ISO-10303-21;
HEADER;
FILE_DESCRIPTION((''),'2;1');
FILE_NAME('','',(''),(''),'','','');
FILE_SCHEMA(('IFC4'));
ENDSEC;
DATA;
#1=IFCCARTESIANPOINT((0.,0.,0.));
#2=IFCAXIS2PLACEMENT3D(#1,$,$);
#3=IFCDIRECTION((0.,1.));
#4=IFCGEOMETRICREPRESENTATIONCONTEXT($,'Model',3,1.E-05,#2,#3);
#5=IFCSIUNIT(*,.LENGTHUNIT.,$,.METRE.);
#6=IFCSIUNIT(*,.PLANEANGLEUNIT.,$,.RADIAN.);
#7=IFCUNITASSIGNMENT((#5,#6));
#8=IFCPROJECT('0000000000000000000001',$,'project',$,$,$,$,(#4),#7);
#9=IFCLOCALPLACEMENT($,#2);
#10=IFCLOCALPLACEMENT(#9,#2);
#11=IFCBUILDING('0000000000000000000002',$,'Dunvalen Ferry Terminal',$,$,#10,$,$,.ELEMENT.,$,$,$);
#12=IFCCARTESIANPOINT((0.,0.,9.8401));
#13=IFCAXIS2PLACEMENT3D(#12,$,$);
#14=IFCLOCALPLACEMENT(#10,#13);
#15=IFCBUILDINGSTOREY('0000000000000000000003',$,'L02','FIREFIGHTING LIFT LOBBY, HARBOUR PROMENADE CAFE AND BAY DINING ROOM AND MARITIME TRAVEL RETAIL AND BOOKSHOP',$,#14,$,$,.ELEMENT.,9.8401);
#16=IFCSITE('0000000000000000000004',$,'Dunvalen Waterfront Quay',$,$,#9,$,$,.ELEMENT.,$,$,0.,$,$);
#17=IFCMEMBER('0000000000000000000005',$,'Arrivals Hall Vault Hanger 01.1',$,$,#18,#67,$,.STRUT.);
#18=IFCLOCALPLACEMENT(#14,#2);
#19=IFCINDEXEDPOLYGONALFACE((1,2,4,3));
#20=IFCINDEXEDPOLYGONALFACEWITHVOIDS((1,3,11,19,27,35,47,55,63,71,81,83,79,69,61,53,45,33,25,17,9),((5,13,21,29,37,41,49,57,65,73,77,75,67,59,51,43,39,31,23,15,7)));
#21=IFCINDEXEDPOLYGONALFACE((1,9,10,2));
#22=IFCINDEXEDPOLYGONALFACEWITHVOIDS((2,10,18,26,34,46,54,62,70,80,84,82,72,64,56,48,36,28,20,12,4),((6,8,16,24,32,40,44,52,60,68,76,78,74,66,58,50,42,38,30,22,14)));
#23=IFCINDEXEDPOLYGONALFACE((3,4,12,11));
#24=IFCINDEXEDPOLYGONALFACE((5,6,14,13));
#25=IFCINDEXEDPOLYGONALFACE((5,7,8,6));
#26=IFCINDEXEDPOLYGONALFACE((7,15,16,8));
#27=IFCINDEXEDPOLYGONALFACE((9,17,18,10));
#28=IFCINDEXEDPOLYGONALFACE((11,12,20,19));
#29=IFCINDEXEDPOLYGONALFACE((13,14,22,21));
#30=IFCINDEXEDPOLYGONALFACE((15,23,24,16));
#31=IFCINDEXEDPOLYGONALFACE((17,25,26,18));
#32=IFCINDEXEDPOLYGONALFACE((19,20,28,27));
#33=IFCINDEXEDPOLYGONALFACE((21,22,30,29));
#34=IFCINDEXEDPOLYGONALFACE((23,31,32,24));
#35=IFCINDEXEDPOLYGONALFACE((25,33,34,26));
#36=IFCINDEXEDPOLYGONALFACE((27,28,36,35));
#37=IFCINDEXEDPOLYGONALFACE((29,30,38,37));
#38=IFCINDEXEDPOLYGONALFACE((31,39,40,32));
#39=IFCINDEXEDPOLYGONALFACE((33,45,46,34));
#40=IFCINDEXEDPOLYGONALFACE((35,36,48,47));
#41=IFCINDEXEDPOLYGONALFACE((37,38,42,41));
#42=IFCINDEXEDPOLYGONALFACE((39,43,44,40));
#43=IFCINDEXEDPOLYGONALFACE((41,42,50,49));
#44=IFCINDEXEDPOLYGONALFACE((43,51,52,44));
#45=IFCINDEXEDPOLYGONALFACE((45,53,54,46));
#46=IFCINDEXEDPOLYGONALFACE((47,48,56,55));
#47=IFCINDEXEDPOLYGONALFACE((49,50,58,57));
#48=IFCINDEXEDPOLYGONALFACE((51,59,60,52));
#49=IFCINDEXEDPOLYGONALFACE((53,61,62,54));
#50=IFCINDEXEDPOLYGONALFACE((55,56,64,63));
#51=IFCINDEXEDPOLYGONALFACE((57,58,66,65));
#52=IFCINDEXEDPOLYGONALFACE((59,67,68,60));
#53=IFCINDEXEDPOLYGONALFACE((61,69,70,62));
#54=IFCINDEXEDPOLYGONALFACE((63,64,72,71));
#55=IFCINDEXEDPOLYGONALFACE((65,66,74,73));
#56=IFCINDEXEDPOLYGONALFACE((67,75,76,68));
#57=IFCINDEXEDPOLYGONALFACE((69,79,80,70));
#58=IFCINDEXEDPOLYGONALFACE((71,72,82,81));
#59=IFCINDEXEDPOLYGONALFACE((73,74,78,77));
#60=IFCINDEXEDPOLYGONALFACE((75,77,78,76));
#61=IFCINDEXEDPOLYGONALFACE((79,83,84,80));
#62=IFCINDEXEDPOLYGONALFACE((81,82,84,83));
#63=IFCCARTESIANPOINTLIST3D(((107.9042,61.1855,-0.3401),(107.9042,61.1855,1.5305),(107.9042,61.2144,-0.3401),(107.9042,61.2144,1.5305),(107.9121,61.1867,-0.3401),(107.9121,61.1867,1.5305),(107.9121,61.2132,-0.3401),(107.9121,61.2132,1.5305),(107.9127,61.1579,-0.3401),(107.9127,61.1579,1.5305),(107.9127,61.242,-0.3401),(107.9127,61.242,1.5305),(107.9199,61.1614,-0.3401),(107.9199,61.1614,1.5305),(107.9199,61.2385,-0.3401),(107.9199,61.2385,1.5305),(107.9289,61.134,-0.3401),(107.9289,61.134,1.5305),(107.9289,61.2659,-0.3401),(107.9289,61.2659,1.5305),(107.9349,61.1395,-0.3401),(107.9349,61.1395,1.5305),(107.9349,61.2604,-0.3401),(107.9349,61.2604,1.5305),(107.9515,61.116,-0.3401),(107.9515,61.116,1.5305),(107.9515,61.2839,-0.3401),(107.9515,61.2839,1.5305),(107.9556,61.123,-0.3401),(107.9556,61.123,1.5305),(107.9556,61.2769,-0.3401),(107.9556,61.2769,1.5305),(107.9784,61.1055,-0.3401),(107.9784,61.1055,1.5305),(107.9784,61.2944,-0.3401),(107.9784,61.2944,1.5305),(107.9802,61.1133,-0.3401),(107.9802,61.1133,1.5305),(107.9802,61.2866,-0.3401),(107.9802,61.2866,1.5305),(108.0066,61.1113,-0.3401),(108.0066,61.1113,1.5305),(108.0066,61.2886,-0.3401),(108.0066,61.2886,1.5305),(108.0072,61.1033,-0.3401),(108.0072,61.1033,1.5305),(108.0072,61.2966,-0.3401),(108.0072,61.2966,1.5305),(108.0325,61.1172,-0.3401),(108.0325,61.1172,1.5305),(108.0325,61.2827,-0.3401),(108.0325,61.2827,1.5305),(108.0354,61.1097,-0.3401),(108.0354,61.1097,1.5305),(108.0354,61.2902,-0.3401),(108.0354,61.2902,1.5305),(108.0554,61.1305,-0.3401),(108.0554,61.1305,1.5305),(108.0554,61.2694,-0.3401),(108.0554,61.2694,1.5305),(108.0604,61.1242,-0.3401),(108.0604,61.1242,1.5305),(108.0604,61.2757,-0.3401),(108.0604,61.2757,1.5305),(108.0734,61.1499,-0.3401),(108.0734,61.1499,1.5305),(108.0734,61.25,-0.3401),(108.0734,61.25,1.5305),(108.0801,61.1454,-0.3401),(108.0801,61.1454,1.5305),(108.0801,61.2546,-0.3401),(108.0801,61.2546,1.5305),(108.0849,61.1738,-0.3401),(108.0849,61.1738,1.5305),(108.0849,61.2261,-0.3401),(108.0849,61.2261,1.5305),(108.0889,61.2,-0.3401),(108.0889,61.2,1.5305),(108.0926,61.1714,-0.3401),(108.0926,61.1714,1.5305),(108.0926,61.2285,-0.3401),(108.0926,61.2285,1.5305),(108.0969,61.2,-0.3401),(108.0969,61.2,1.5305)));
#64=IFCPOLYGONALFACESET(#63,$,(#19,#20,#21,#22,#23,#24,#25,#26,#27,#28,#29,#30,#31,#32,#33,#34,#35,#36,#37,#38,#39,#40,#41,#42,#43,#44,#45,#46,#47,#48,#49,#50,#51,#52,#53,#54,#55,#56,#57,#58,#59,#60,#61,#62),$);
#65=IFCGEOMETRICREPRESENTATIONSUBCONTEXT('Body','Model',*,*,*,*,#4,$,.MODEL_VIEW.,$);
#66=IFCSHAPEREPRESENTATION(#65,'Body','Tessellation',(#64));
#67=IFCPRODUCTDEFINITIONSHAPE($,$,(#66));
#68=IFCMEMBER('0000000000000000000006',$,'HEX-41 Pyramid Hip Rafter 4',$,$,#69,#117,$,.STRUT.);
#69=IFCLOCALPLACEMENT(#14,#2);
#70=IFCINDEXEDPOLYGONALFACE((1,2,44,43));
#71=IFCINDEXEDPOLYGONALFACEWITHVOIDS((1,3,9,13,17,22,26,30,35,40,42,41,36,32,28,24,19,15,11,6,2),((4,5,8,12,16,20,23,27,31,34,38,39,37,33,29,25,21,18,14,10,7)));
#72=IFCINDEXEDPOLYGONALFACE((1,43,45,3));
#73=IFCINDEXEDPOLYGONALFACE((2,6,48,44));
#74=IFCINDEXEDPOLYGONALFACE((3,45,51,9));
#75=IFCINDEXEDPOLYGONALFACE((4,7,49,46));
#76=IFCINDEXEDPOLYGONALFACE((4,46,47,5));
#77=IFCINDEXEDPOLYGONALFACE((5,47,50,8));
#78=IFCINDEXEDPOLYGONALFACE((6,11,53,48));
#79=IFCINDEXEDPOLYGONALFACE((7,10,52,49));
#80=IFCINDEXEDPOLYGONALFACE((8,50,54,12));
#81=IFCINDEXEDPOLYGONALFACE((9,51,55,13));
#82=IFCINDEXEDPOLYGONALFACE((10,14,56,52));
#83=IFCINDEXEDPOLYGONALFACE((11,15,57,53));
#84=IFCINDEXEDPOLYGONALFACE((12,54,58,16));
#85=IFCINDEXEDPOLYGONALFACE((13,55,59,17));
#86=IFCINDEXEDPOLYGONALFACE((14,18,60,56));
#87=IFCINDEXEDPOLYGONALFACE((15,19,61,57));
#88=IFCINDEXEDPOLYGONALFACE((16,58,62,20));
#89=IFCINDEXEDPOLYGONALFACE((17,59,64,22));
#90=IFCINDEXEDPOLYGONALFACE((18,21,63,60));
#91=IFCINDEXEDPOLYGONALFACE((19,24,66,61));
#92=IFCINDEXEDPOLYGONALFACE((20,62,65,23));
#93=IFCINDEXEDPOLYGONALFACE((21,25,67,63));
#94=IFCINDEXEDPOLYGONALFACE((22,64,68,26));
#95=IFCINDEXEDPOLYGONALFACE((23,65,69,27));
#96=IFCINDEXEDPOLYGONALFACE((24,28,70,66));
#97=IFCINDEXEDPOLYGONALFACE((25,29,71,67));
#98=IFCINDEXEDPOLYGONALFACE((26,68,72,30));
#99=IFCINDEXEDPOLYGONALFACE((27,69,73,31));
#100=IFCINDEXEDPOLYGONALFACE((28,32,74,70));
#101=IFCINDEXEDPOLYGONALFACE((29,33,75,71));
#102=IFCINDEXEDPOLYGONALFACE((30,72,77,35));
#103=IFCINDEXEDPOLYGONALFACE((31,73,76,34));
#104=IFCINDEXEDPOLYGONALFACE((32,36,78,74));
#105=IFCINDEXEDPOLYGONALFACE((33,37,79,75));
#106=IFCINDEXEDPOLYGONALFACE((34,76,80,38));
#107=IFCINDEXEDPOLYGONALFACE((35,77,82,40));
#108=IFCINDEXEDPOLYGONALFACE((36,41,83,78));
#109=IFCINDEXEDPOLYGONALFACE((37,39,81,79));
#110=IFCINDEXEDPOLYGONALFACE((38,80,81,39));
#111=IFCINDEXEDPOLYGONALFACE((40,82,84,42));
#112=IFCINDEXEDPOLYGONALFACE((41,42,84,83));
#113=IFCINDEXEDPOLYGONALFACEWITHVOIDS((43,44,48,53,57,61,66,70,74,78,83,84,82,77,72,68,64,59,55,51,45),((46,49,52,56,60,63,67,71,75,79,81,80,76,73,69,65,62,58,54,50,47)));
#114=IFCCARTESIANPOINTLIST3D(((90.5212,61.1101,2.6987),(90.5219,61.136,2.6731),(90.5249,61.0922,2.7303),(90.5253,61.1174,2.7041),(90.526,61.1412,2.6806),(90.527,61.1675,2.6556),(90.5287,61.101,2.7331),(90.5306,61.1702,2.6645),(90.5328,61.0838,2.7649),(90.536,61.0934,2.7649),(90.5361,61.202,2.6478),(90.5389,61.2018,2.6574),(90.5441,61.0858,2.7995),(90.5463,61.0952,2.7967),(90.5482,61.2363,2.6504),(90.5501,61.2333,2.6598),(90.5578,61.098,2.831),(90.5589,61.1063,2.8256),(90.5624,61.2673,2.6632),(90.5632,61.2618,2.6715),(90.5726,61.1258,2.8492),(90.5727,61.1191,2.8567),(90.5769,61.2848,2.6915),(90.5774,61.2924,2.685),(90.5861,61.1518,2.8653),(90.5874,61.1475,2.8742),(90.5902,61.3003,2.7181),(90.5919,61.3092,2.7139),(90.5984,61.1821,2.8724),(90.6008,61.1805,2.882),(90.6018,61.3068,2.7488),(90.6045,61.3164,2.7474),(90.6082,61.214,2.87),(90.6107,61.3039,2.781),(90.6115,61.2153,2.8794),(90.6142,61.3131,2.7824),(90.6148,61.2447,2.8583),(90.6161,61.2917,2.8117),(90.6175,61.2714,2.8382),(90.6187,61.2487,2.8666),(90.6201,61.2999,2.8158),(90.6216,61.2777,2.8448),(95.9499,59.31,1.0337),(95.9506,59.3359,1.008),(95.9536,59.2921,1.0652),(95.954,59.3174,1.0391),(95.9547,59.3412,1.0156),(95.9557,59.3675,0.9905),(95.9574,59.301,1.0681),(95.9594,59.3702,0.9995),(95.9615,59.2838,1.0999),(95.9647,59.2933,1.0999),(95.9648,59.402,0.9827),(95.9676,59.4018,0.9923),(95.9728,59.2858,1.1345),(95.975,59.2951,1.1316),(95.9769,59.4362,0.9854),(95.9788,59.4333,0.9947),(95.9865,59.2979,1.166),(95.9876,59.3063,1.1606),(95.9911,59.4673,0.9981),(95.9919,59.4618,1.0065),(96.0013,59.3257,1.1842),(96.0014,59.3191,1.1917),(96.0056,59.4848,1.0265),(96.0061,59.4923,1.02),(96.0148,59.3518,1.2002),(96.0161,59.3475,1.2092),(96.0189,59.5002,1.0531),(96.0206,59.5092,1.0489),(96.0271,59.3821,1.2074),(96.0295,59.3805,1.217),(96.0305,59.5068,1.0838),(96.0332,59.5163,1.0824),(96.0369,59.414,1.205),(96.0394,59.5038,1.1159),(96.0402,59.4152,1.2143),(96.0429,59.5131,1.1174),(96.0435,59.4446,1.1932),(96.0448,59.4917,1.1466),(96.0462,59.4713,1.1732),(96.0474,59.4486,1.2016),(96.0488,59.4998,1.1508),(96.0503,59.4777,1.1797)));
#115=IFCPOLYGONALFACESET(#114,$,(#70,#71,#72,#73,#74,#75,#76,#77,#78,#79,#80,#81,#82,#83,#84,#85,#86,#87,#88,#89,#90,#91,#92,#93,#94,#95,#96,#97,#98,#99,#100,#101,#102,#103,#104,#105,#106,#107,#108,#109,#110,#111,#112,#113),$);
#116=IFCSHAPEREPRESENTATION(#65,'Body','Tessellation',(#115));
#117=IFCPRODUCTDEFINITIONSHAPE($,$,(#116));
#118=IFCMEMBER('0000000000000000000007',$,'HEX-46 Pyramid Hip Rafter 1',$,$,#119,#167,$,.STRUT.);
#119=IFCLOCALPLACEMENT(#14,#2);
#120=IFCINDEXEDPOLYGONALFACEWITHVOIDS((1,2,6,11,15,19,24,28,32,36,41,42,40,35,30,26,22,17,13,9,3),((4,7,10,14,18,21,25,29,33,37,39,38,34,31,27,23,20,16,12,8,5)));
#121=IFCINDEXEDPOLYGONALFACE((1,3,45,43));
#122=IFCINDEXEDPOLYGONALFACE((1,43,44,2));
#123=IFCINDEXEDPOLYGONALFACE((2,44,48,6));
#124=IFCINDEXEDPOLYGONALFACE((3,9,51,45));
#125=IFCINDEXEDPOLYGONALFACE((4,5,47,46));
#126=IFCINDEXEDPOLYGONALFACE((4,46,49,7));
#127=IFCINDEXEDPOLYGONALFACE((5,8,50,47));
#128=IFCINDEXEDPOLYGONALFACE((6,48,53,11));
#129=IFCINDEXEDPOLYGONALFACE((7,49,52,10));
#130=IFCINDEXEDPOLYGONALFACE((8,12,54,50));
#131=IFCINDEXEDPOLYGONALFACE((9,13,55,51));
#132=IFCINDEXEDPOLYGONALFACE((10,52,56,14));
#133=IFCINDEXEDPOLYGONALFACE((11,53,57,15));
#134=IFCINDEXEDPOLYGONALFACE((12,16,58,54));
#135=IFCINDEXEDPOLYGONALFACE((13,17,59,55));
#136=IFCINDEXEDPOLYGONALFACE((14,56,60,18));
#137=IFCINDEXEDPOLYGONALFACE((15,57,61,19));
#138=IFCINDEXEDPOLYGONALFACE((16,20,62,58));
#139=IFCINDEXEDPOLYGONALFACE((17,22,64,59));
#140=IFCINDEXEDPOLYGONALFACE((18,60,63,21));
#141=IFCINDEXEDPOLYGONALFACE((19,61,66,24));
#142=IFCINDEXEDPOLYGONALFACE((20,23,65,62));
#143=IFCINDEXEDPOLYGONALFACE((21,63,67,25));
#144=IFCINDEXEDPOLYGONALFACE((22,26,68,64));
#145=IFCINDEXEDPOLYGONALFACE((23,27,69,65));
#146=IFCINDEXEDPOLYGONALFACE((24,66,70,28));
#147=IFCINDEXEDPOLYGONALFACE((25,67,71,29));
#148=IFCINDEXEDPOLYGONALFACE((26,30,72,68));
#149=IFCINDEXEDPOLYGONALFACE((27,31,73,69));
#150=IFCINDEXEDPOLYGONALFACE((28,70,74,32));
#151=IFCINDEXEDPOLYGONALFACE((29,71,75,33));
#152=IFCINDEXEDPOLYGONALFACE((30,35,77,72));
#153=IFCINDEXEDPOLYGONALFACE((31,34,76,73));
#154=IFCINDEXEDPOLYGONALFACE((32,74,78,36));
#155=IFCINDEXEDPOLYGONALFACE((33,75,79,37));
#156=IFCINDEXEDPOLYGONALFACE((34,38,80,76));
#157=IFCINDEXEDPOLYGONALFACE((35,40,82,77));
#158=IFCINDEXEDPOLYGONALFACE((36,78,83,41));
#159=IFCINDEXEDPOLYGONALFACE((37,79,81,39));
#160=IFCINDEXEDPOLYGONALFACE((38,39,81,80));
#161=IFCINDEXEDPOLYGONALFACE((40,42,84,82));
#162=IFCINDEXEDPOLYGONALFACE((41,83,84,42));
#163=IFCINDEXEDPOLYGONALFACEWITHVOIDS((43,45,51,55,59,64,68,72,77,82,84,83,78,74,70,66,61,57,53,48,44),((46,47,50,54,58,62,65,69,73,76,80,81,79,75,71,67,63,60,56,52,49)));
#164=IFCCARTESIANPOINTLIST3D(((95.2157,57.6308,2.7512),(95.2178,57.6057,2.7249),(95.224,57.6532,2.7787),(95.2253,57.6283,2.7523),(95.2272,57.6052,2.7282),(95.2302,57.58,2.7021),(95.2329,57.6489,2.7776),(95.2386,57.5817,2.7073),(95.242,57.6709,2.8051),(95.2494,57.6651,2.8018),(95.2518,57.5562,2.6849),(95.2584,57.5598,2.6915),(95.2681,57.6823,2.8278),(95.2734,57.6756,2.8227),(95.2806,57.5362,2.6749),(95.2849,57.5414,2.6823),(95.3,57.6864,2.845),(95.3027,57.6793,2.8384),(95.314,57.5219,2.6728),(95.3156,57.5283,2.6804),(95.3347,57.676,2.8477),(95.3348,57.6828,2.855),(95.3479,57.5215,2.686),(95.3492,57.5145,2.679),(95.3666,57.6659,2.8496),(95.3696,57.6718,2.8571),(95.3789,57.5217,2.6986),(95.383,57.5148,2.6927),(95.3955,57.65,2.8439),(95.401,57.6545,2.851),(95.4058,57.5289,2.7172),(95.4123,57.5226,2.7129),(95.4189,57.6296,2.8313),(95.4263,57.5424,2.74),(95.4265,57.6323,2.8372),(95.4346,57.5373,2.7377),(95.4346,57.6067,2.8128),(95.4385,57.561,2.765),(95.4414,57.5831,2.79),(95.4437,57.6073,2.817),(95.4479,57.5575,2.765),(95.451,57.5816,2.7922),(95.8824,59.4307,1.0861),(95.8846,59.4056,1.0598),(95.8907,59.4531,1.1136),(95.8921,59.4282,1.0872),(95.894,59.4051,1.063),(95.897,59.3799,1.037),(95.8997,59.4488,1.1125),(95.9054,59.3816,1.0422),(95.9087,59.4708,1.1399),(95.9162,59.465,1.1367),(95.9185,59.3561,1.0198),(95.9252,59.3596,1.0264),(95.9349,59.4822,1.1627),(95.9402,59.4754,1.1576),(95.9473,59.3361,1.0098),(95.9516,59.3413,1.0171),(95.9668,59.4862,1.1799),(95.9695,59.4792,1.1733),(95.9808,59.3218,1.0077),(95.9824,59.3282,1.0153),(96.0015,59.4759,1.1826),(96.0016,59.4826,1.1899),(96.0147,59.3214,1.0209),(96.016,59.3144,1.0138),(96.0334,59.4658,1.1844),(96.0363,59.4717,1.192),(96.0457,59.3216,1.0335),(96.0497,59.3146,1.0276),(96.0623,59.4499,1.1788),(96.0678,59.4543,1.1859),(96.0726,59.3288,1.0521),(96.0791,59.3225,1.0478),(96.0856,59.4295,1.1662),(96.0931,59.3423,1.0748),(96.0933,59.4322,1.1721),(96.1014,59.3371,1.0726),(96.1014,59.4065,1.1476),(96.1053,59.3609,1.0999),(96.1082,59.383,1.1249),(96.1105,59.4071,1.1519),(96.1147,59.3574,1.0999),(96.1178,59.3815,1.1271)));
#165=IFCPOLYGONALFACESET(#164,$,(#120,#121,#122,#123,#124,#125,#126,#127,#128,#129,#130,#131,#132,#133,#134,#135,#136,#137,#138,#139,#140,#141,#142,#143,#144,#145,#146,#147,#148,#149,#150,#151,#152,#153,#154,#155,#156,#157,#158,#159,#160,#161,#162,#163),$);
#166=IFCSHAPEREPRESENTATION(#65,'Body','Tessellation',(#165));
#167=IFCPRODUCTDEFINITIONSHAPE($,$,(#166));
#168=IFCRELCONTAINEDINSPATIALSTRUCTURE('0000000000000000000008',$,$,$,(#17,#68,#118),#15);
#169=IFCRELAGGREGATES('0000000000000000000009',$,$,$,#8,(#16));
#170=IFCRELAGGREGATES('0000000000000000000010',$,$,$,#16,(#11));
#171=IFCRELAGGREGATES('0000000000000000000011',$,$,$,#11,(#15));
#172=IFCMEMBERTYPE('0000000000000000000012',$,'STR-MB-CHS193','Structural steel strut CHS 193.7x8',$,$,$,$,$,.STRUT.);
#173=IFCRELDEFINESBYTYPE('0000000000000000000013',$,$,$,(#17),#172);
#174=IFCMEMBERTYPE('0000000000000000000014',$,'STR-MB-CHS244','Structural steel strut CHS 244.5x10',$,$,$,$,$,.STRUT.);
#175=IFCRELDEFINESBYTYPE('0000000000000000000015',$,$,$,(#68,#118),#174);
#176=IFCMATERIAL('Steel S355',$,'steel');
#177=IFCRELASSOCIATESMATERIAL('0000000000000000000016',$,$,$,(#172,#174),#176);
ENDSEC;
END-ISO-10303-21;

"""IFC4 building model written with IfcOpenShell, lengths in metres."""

from ifc_helpers import new_model, si_unit, direction, frame, origin, origin_2d, place, context, subcontext, project, spatial, hollow_circle, extrude, material, material_profile, profile_set, type_object, element, save


model = new_model("IFC4")

# Units and contexts
model_context = context("Model", 3, precision=1e-05, world=origin(), true_north=direction((0.0, 1.0)))
body_context = subcontext(model_context, "Body", "Model", "MODEL_VIEW")
ifc_project = project(units=[si_unit("LENGTHUNIT", "METRE"), si_unit("PLANEANGLEUNIT", "RADIAN")], contexts=[model_context])

# Site, building, storey
site_placement = place(None, origin())
site = spatial("IfcSite", under=ifc_project, at=site_placement, Name="Dunvalen Waterfront Quay", CompositionType="ELEMENT", RefElevation=0.0)
building_placement = place(site_placement, origin())
building = spatial("IfcBuilding", under=site, at=building_placement, Name="Dunvalen Ferry Terminal", CompositionType="ELEMENT")
storey_placement = place(building_placement, frame((0.0, 0.0, 9.8401)))
storey = spatial("IfcBuildingStorey", under=building, at=storey_placement, Name="L02", Description="FIREFIGHTING LIFT LOBBY, HARBOUR PROMENADE CAFE AND BAY DINING ROOM AND MARITIME TRAVEL RETAIL AND BOOKSHOP", CompositionType="ELEMENT", Elevation=9.8401)

# Shared definitions
ifc_material_1 = material(Name="Steel S355", Category="steel")

# Members
ifc_material_profile_1 = material_profile(ifc_material_1, hollow_circle(Radius=0.0969, WallThickness=0.0081, at=origin_2d()), Name="Steel S355")
ifc_profile_set_1 = profile_set([ifc_material_profile_1], Name="Steel S355")
member_type_1 = type_object("IfcMemberType", Name="STR-MB-CHS193", Description="Structural steel strut CHS 193.7x8", PredefinedType="STRUT", material=ifc_profile_set_1)
member_1_placement = place(storey_placement, frame((108.0, 61.2, -0.3401), z_axis=(0.0, 0.0, 1.0), x_axis=(1.0, 0.0, 0.0)))
element("IfcMember", 1, at=member_1_placement, inside=storey, type_object=member_type_1, Name="Arrivals Hall Vault Hanger 01.1", PredefinedType="STRUT", context=body_context, shape_type="SweptSolid", body=[
    extrude(hollow_circle(Radius=0.0969, WallThickness=0.0081, at=origin_2d()), origin(), (0.0, 0.0, 1.0), 1.8706),
])
ifc_material_profile_2 = material_profile(ifc_material_1, hollow_circle(Radius=0.1223, WallThickness=0.01, at=origin_2d()), Name="Steel S355")
ifc_profile_set_2 = profile_set([ifc_material_profile_2], Name="Steel S355")
member_type_2 = type_object("IfcMemberType", Name="STR-MB-CHS244", Description="Structural steel strut CHS 244.5x10", PredefinedType="STRUT", material=ifc_profile_set_2)
member_2_placement = place(storey_placement, frame((96.0, 59.3999, 1.0999), z_axis=(-0.911347, 0.302184, 0.279519), x_axis=(-0.314729, -0.949182, 0.0)))
element("IfcMember", 2, at=member_2_placement, inside=storey, type_object=member_type_2, Name="HEX-41 Pyramid Hip Rafter 4", PredefinedType="STRUT", context=body_context, shape_type="SweptSolid", body=[
    extrude(hollow_circle(Radius=0.1223, WallThickness=0.01, at=origin_2d()), origin(), (0.0, 0.0, 1.0), 5.9568),
])
member_3_placement = place(storey_placement, frame((96.0, 59.3999, 1.0999), z_axis=(-0.262406, -0.708332, 0.655293), x_axis=(0.937723, -0.347385, 0.0)))
element("IfcMember", 3, at=member_3_placement, inside=storey, type_object=member_type_2, Name="HEX-46 Pyramid Hip Rafter 1", PredefinedType="STRUT", context=body_context, shape_type="SweptSolid", body=[
    extrude(hollow_circle(Radius=0.1223, WallThickness=0.01, at=origin_2d()), origin(), (0.0, 0.0, 1.0), 2.541),
])

save(model, "model.ifc")
